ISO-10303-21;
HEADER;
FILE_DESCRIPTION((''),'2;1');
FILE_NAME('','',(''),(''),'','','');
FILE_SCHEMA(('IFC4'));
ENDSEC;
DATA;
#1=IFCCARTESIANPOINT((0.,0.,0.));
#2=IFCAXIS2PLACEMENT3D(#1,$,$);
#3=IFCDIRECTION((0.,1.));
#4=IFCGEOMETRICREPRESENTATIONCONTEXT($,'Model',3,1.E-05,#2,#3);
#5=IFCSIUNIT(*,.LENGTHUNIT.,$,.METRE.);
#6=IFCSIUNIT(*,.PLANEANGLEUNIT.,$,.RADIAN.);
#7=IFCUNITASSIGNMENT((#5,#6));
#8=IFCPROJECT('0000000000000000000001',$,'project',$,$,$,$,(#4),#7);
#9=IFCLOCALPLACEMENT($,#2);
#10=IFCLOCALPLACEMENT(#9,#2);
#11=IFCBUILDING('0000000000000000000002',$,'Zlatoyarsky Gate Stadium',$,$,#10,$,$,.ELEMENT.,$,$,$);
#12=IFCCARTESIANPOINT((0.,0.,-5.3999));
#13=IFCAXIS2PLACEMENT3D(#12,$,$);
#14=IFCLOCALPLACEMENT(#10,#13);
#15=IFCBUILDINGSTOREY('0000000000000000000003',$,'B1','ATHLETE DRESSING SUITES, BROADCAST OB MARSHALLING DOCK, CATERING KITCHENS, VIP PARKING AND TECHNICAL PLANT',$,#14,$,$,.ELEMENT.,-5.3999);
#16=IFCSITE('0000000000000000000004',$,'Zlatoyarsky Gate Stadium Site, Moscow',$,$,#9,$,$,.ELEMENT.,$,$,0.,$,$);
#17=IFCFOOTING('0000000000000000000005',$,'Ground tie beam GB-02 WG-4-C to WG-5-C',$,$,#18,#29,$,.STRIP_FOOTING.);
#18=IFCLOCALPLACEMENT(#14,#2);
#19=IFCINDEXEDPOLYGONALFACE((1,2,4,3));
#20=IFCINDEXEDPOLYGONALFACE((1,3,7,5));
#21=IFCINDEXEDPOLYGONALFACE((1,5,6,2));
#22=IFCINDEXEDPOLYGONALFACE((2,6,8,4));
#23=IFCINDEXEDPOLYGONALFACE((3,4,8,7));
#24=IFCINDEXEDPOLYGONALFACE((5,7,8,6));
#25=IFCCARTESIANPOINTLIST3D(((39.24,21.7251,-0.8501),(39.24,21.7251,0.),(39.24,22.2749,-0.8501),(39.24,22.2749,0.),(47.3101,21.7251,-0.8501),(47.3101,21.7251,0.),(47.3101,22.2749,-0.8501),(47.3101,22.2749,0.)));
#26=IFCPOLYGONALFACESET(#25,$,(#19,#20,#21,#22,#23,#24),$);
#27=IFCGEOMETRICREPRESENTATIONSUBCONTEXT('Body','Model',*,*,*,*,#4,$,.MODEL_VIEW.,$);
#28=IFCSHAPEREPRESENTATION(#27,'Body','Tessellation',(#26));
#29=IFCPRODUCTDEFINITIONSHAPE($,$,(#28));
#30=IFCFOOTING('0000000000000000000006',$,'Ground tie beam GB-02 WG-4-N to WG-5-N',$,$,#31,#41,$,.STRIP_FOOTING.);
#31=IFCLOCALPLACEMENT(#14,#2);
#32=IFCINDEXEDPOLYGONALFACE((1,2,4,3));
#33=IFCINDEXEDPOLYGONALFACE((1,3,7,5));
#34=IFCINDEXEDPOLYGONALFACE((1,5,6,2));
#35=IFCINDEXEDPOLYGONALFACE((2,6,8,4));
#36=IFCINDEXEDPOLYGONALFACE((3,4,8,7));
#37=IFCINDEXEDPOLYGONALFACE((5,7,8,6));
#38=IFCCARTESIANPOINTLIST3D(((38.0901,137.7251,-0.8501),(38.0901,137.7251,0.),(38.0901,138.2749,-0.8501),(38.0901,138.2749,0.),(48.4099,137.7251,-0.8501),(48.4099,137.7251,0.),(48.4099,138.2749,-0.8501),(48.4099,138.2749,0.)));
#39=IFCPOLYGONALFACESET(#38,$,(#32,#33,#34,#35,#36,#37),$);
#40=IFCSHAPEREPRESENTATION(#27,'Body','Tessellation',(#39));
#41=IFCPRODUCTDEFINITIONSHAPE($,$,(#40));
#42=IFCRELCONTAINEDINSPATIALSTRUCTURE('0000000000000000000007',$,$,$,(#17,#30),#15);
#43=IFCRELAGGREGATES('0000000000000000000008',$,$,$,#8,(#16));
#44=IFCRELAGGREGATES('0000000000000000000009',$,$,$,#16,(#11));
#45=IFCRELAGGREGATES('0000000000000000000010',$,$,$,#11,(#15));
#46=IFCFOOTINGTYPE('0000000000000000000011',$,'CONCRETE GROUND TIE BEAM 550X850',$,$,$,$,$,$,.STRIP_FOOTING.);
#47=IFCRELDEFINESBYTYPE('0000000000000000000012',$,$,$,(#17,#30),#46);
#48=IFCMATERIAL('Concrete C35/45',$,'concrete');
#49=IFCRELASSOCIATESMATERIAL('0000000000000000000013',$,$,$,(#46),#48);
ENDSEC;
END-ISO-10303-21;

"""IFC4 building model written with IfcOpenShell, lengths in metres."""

from ifc_helpers import new_model, si_unit, direction, frame, origin, origin_2d, place, context, subcontext, project, spatial, polyline, rectangle, outline, extrude, material, material_profile, profile_set, type_object, element, save


model = new_model("IFC4")

# Units and contexts
model_context = context("Model", 3, precision=1e-05, world=origin(), true_north=direction((0.0, 1.0)))
body_context = subcontext(model_context, "Body", "Model", "MODEL_VIEW")
ifc_project = project(units=[si_unit("LENGTHUNIT", "METRE"), si_unit("PLANEANGLEUNIT", "RADIAN")], contexts=[model_context])

# Site, building, storey
site_placement = place(None, origin())
site = spatial("IfcSite", under=ifc_project, at=site_placement, Name="Zlatoyarsky Gate Stadium Site, Moscow", CompositionType="ELEMENT", RefElevation=0.0)
building_placement = place(site_placement, origin())
building = spatial("IfcBuilding", under=site, at=building_placement, Name="Zlatoyarsky Gate Stadium", CompositionType="ELEMENT")
storey_placement = place(building_placement, frame((0.0, 0.0, -5.3999)))
storey = spatial("IfcBuildingStorey", under=building, at=storey_placement, Name="B1", Description="ATHLETE DRESSING SUITES, BROADCAST OB MARSHALLING DOCK, CATERING KITCHENS, VIP PARKING AND TECHNICAL PLANT", CompositionType="ELEMENT", Elevation=-5.3999)

# Footings
ifc_material = material(Name="Concrete C35/45", Category="concrete")
ifc_material_profile = material_profile(ifc_material, rectangle(XDim=0.55, YDim=0.8501, at=origin_2d()), Name="GB 550X850")
ifc_profile_set = profile_set([ifc_material_profile], Name="Concrete C35/45")
footing_type = type_object("IfcFootingType", Name="CONCRETE GROUND TIE BEAM 550X850", PredefinedType="STRIP_FOOTING", material=ifc_profile_set)
footing_1_placement = place(storey_placement, frame((0.0, 0.0, -0.8501)))
element("IfcFooting", 1, at=footing_1_placement, inside=storey, type_object=footing_type, Name="Ground tie beam GB-02 WG-4-C to WG-5-C", PredefinedType="STRIP_FOOTING", context=body_context, shape_type="SweptSolid", body=[
    extrude(outline(polyline([(39.24, 21.7251), (47.3101, 21.7251), (47.3101, 22.2749), (39.24, 22.2749), (39.24, 21.7251)])), origin(), (0.0, 0.0, 1.0), 0.8501),
])
footing_2_placement = place(storey_placement, frame((0.0, 0.0, -0.8501)))
element("IfcFooting", 2, at=footing_2_placement, inside=storey, type_object=footing_type, Name="Ground tie beam GB-02 WG-4-N to WG-5-N", PredefinedType="STRIP_FOOTING", context=body_context, shape_type="SweptSolid", body=[
    extrude(outline(polyline([(38.0901, 137.7251), (48.4099, 137.7251), (48.4099, 138.2749), (38.0901, 138.2749), (38.0901, 137.7251)])), origin(), (0.0, 0.0, 1.0), 0.8501),
])

save(model, "model.ifc")
